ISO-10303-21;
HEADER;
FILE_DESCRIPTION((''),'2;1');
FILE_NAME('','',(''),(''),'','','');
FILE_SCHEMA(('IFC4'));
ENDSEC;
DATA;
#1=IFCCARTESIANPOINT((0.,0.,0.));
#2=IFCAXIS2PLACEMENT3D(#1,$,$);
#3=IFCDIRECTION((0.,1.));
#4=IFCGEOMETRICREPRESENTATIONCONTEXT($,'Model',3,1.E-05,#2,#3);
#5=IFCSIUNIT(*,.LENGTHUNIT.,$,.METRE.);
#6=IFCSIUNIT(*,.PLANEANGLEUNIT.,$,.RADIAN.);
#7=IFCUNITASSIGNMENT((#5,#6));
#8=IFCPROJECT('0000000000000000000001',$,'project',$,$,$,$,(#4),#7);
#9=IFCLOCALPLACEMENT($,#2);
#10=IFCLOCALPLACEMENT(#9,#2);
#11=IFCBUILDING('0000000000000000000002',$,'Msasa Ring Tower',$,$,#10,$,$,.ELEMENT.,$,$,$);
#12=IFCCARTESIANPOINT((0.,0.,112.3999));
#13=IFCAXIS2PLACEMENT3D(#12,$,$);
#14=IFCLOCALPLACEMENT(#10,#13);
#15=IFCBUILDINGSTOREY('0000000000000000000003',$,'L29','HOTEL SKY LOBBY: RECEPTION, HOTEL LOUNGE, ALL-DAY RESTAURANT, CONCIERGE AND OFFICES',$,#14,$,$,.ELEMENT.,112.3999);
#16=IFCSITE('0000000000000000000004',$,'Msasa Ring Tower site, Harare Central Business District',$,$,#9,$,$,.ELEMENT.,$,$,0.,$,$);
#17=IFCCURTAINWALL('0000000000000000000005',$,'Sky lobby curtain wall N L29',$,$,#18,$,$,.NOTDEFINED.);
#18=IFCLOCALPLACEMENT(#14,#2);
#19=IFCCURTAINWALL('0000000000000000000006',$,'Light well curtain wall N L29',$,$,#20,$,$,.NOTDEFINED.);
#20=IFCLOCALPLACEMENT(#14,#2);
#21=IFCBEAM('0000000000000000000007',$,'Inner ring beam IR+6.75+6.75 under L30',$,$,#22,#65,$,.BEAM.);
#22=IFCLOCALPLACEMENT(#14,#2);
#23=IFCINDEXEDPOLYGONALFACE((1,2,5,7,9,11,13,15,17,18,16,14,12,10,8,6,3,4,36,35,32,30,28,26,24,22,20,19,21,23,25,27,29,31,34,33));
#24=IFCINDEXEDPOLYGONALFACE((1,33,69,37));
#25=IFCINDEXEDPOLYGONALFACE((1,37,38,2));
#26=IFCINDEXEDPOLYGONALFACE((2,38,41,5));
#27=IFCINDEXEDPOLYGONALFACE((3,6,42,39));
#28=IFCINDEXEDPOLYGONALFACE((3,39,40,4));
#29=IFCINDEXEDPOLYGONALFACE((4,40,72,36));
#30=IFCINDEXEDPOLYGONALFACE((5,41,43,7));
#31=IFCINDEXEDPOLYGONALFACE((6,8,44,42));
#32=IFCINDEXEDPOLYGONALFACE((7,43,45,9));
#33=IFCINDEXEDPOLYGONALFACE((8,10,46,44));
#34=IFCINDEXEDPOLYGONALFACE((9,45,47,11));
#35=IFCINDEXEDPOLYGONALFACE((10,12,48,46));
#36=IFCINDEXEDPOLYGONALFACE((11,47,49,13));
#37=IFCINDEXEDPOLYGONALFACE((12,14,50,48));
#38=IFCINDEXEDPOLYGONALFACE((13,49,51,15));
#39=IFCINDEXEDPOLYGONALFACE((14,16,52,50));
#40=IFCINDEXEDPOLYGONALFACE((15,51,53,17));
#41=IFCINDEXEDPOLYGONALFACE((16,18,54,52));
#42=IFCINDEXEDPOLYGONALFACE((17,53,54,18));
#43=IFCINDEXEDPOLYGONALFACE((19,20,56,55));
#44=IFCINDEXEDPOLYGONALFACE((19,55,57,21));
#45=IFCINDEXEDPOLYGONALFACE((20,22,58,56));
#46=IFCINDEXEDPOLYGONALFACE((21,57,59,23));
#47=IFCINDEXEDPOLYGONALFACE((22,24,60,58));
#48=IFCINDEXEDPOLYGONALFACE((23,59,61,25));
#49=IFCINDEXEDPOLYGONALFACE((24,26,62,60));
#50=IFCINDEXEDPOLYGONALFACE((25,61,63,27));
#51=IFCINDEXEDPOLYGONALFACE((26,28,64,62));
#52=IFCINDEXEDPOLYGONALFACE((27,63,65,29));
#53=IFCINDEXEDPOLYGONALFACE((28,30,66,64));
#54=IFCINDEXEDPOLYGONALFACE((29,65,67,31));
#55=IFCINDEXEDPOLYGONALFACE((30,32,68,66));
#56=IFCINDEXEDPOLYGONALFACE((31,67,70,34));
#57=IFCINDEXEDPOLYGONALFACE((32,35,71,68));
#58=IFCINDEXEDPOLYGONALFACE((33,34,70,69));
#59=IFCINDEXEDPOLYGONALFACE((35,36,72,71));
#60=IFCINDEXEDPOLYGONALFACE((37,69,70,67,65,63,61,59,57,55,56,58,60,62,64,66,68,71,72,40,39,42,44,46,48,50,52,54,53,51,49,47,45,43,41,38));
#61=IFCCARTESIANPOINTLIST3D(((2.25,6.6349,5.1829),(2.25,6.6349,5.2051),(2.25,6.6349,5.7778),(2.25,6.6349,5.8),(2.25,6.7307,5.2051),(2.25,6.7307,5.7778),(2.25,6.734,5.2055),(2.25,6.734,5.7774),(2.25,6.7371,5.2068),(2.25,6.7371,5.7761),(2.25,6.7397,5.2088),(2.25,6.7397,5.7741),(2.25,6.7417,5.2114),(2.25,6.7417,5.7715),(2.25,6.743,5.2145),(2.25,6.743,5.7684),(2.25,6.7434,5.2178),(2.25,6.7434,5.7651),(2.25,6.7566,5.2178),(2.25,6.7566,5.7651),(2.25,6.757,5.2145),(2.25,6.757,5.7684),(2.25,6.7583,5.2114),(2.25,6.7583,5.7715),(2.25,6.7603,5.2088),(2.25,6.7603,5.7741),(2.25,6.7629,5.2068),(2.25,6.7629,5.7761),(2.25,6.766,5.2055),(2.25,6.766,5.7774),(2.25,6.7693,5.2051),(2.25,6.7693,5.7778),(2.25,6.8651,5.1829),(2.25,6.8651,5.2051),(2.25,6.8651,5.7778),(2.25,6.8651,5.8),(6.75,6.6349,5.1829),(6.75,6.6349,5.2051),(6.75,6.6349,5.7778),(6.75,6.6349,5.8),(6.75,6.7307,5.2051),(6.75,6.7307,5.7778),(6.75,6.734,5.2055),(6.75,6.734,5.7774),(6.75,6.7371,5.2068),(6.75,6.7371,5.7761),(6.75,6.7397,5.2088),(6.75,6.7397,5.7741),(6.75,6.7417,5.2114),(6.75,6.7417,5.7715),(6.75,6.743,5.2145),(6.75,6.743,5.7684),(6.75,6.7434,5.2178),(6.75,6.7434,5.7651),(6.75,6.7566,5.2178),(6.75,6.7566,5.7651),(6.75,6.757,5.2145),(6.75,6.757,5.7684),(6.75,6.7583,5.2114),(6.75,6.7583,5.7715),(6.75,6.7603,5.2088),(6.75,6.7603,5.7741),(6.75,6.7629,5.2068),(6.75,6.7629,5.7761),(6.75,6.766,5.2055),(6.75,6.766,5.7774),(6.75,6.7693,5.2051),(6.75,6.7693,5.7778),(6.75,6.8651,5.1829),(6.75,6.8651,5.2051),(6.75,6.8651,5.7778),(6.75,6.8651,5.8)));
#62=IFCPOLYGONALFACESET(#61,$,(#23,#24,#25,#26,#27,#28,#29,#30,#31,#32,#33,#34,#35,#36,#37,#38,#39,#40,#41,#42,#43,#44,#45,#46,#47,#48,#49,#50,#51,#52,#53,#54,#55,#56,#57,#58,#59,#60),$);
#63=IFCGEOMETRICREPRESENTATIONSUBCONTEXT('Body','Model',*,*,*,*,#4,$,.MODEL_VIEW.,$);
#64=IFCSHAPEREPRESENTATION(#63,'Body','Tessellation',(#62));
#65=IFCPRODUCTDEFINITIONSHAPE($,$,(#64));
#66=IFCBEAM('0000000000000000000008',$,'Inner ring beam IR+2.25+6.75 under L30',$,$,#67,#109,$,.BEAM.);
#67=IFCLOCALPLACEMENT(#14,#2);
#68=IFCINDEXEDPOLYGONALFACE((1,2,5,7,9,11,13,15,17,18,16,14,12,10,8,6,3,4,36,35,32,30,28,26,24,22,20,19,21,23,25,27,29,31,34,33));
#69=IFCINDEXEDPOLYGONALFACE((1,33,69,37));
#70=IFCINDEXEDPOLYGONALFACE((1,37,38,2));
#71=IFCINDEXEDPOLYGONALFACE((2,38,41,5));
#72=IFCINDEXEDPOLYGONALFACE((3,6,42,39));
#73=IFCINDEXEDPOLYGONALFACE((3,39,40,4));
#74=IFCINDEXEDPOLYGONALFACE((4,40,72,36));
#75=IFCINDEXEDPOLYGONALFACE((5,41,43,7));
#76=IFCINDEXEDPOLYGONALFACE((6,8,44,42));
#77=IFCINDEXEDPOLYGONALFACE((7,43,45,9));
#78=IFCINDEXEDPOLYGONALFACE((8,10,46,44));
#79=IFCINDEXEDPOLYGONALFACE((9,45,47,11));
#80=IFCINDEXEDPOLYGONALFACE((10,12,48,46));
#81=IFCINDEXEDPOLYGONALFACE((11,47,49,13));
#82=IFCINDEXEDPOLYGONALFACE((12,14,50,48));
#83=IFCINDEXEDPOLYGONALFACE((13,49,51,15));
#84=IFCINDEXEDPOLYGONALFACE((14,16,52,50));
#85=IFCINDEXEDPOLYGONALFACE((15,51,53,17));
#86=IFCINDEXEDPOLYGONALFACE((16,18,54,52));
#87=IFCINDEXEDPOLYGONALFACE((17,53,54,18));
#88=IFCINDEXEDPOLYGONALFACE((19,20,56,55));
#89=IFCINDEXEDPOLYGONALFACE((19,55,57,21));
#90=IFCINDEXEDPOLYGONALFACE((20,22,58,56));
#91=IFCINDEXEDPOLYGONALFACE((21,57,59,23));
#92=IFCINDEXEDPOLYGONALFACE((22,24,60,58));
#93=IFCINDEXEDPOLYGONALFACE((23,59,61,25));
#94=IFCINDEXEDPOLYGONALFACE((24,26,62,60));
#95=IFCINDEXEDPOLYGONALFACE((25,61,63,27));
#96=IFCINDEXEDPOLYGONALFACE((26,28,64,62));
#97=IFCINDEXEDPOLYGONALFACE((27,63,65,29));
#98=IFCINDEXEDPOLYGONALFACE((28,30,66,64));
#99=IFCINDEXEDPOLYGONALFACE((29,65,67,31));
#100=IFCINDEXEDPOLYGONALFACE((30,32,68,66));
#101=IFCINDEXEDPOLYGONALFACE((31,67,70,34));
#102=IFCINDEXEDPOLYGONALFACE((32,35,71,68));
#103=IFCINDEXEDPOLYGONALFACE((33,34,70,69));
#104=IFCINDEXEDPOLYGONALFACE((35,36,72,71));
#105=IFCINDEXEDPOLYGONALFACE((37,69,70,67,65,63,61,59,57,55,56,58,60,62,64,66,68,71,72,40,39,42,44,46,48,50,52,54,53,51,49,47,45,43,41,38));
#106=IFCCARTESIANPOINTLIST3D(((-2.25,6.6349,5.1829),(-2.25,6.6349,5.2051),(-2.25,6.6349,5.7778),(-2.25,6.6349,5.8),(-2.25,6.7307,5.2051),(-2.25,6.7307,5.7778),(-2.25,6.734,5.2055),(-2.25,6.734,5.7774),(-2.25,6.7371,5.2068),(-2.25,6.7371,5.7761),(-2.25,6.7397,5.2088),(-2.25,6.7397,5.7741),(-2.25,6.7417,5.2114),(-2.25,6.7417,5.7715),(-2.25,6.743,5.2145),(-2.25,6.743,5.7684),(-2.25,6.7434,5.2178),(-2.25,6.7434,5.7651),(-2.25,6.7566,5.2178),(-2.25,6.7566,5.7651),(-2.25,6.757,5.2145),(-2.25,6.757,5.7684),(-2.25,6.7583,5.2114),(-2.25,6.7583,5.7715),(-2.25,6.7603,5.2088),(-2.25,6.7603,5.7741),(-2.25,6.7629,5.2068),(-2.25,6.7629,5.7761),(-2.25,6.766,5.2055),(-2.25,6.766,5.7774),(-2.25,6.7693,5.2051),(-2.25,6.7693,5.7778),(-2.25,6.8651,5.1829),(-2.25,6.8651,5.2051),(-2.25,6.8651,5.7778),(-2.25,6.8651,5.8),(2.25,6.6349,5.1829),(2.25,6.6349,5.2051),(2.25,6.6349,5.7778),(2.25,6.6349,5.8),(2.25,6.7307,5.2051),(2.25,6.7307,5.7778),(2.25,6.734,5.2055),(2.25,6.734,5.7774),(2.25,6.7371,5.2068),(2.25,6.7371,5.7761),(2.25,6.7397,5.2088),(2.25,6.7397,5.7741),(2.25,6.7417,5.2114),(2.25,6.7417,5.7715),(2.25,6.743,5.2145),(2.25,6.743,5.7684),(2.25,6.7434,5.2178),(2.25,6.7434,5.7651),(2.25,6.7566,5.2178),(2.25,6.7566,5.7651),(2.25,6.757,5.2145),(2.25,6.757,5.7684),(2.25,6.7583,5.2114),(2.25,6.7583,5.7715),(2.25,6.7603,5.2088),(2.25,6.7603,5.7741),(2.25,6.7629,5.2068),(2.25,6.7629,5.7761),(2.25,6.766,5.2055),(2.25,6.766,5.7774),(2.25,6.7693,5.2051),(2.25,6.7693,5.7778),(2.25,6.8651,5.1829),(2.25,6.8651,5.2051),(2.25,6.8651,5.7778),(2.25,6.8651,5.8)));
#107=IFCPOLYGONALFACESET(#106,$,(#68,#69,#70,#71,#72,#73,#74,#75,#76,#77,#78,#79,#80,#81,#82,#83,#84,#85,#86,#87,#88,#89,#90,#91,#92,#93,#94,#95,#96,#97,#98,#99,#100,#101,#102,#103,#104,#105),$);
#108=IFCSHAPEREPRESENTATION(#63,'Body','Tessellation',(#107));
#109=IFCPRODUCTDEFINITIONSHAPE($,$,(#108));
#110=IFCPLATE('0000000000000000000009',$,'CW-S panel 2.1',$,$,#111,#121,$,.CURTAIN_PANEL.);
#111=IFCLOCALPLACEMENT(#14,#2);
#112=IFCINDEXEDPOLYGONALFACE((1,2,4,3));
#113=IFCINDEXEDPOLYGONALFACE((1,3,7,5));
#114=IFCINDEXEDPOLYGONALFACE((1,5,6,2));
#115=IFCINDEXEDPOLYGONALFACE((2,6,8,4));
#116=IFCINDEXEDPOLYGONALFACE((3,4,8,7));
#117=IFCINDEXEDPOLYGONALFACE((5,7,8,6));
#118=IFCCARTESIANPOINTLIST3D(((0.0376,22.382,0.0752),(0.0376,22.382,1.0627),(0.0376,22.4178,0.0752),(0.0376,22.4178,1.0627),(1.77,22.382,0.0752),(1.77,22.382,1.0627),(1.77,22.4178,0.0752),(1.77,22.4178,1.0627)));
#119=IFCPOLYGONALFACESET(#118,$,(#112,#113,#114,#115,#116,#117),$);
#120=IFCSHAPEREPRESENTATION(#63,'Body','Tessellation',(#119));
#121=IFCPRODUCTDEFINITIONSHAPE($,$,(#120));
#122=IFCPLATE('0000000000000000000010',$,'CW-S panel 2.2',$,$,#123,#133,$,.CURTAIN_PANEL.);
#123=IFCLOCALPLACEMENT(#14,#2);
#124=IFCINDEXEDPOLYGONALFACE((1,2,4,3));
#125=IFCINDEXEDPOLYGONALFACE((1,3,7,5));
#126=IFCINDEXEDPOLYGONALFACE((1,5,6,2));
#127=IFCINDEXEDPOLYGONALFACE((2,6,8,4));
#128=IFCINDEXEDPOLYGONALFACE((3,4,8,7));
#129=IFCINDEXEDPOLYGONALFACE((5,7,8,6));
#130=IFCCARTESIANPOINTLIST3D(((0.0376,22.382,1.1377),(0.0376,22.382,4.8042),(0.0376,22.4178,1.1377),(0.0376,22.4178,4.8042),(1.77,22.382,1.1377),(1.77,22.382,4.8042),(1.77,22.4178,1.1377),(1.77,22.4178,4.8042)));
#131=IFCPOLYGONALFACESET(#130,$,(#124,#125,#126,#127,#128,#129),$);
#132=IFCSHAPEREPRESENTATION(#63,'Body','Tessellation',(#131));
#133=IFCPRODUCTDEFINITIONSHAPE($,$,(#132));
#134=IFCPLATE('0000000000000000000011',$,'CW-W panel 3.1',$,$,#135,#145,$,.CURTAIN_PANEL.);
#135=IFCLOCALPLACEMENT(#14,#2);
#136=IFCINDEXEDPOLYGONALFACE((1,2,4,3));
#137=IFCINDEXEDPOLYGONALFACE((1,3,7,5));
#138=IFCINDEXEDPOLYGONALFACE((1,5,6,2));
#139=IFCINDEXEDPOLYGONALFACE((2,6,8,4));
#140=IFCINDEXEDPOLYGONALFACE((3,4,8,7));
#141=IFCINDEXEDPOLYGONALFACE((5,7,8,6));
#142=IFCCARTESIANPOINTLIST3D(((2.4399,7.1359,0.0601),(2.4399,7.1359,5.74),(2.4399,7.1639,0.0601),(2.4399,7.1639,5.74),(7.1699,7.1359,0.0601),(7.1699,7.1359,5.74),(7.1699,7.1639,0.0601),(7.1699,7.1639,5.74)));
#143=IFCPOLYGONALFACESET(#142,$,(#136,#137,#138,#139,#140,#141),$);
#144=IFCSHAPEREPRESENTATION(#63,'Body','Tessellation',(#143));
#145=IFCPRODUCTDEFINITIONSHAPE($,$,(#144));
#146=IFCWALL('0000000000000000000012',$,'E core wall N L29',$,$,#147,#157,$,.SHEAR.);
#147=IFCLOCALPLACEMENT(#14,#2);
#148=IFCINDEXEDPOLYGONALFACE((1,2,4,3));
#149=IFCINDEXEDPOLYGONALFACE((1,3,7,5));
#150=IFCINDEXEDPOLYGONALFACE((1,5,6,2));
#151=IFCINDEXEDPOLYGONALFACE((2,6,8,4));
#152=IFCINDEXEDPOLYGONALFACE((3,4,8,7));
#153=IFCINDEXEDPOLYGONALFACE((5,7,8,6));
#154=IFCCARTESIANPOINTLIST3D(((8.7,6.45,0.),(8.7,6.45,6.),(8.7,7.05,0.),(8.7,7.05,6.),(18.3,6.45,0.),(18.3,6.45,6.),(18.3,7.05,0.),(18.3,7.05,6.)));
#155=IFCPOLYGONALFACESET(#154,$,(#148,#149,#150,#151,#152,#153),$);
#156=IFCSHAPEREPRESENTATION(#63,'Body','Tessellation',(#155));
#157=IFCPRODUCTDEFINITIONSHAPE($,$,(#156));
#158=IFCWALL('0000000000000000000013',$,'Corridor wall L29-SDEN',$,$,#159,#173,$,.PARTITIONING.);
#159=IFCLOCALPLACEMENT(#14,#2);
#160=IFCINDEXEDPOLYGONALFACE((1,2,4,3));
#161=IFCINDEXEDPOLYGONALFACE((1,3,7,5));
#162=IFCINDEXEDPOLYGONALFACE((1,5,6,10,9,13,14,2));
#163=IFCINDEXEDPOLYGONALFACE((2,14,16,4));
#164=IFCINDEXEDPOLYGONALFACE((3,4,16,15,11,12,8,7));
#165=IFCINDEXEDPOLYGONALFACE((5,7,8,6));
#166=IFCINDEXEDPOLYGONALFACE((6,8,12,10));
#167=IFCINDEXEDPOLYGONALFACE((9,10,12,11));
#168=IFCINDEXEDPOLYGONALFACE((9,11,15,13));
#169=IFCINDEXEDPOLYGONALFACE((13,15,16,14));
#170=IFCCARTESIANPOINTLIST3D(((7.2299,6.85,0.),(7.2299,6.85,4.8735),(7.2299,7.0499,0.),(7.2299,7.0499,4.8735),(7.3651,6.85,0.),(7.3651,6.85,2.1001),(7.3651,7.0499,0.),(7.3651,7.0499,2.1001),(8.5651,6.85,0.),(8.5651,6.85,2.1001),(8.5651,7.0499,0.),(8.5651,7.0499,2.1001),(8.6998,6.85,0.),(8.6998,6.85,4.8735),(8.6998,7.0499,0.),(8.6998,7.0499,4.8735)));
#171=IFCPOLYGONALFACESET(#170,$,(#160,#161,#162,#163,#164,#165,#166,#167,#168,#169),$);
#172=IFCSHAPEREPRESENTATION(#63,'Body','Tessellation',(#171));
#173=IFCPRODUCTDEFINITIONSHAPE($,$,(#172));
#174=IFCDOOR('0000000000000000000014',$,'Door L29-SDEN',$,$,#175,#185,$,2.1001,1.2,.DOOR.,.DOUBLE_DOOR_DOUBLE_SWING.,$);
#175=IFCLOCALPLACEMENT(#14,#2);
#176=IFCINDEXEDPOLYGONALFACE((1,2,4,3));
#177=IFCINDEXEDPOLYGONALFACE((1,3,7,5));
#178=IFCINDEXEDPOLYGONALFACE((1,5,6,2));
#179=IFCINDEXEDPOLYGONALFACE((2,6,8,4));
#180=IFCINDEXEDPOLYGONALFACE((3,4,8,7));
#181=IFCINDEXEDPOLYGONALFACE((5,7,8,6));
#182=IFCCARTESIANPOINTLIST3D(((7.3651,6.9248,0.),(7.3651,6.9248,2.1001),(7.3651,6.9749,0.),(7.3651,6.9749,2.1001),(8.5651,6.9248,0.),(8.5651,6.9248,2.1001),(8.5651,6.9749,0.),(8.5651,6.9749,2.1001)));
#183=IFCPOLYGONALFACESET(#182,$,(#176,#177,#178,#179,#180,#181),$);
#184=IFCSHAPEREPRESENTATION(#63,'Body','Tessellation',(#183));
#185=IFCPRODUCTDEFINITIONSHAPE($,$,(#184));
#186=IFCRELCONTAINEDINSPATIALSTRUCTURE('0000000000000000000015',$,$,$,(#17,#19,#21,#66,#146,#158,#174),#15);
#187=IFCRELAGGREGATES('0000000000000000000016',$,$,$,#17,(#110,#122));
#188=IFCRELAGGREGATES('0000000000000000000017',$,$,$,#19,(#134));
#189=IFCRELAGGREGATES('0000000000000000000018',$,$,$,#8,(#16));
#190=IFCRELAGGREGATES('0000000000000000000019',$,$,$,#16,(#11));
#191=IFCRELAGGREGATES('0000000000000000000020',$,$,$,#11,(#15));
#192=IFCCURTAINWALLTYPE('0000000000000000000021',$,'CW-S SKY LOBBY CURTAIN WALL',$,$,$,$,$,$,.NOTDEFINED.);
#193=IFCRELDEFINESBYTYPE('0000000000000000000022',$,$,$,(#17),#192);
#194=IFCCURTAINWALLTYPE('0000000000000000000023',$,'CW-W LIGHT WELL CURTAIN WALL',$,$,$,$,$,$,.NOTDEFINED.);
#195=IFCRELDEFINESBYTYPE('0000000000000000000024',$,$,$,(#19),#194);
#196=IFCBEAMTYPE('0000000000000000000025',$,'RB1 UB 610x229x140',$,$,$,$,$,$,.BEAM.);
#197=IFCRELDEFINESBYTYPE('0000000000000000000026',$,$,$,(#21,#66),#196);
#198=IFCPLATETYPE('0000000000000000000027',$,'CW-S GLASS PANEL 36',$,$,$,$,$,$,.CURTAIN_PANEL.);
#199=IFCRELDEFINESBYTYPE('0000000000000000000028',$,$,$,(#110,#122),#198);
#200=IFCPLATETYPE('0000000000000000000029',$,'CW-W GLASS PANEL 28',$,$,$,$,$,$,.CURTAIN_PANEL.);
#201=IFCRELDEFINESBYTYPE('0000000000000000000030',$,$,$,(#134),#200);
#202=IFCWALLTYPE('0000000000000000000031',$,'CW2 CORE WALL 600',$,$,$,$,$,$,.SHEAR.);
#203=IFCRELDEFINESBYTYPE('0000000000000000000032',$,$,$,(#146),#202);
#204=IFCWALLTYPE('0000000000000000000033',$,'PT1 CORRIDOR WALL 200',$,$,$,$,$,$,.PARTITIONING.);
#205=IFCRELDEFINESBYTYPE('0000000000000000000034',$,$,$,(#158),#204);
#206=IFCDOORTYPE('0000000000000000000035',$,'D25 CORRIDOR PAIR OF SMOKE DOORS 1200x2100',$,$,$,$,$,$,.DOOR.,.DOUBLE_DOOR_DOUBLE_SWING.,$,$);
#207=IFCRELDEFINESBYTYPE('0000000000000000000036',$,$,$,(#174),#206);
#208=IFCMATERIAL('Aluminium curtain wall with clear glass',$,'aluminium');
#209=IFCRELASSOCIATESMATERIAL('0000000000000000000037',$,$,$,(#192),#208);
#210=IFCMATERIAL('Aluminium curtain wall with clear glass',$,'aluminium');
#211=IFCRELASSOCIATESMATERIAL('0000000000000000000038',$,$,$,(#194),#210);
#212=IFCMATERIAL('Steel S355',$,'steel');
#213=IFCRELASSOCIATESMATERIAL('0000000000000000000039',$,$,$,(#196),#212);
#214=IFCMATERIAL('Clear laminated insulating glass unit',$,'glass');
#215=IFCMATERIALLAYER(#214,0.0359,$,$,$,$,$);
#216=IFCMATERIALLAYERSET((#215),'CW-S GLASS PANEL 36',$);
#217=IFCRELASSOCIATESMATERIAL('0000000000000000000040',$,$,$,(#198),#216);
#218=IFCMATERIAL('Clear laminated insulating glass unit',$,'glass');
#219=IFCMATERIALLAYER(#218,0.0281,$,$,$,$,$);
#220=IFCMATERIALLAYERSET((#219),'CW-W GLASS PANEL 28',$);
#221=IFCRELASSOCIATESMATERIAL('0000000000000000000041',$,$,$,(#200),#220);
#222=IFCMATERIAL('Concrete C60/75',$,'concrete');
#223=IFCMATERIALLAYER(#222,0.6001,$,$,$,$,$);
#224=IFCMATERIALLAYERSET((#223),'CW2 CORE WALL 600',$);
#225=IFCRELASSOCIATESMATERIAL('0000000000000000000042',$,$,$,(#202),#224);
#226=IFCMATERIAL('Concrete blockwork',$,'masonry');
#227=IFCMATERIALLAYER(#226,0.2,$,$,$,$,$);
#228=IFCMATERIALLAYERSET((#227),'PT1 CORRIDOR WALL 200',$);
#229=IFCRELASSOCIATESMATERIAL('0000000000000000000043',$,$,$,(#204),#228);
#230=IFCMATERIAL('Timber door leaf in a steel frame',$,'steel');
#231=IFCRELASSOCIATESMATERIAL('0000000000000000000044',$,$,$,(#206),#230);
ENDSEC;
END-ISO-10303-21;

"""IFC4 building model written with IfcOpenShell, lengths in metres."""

from ifc_helpers import new_model, si_unit, direction, frame, frame_2d, origin, origin_2d, place, context, subcontext, project, spatial, rectangle, i_section, extrude, material, layer, layer_set, material_profile, profile_set, type_object, element, fill, aggregate, save


model = new_model("IFC4")

# Units and contexts
model_context = context("Model", 3, precision=1e-05, world=origin(), true_north=direction((0.0, 1.0)))
body_context = subcontext(model_context, "Body", "Model", "MODEL_VIEW")
ifc_project = project(units=[si_unit("LENGTHUNIT", "METRE"), si_unit("PLANEANGLEUNIT", "RADIAN")], contexts=[model_context])

# Site, building, storey
site_placement = place(None, origin())
site = spatial("IfcSite", under=ifc_project, at=site_placement, Name="Msasa Ring Tower site, Harare Central Business District", CompositionType="ELEMENT", RefElevation=0.0)
building_placement = place(site_placement, origin())
building = spatial("IfcBuilding", under=site, at=building_placement, Name="Msasa Ring Tower", CompositionType="ELEMENT")
storey_placement = place(building_placement, frame((0.0, 0.0, 112.3999)))
storey = spatial("IfcBuildingStorey", under=building, at=storey_placement, Name="L29", Description="HOTEL SKY LOBBY: RECEPTION, HOTEL LOUNGE, ALL-DAY RESTAURANT, CONCIERGE AND OFFICES", CompositionType="ELEMENT", Elevation=112.3999)

# Curtain wall
ifc_material_1 = material(Name="Aluminium curtain wall with clear glass", Category="aluminium")
curtain_wall_type_1 = type_object("IfcCurtainWallType", Name="CW-S SKY LOBBY CURTAIN WALL", PredefinedType="NOTDEFINED", material=ifc_material_1)
curtain_wall_1_placement = place(storey_placement, origin())
curtain_wall_1 = element("IfcCurtainWall", 1, at=curtain_wall_1_placement, inside=storey, type_object=curtain_wall_type_1, Name="Sky lobby curtain wall N L29", PredefinedType="NOTDEFINED")

# Curtain wall
ifc_material_2 = material(Name="Aluminium curtain wall with clear glass", Category="aluminium")
curtain_wall_type_2 = type_object("IfcCurtainWallType", Name="CW-W LIGHT WELL CURTAIN WALL", PredefinedType="NOTDEFINED", material=ifc_material_2)
curtain_wall_2_placement = place(storey_placement, origin())
curtain_wall_2 = element("IfcCurtainWall", 2, at=curtain_wall_2_placement, inside=storey, type_object=curtain_wall_type_2, Name="Light well curtain wall N L29", PredefinedType="NOTDEFINED")

# Beams
ifc_material_3 = material(Name="Steel S355", Category="steel")
ifc_material_profile_1 = material_profile(ifc_material_3, i_section(OverallWidth=0.2302, OverallDepth=0.6172, WebThickness=0.0132, FlangeThickness=0.0222, FilletRadius=0.0127, at=origin_2d()), Name="UB 610x229x140")
ifc_profile_set_1 = profile_set([ifc_material_profile_1], Name="Steel S355")
beam_type = type_object("IfcBeamType", Name="RB1 UB 610x229x140", PredefinedType="BEAM", material=ifc_profile_set_1)
for number, where, z_axis, x_axis, name in (
    (3, (6.75, 6.75, 5.4915), (-1.0, 0.0, 0.0), (0.0, -1.0, 0.0), "Inner ring beam IR+6.75+6.75 under L30"),
    (4, (2.25, 6.75, 5.4915), (-1.0, 0.0, 0.0), (0.0, -1.0, 0.0), "Inner ring beam IR+2.25+6.75 under L30"),
):
    element("IfcBeam", number, at=place(storey_placement, frame(where, z_axis=z_axis, x_axis=x_axis)), inside=storey, type_object=beam_type, Name=name, PredefinedType="BEAM", context=body_context, shape_type="SweptSolid", body=[
        extrude(i_section(OverallWidth=0.2302, OverallDepth=0.6172, WebThickness=0.0132, FlangeThickness=0.0222, FilletRadius=0.0127, at=origin_2d()), origin(), (0.0, 0.0, 1.0), 4.5),
    ])

# Plates
ifc_material_4 = material(Name="Clear laminated insulating glass unit", Category="glass")
ifc_layer_1 = layer(ifc_material_4, 0.0359)
ifc_layer_set_1 = layer_set([ifc_layer_1], Name="CW-S GLASS PANEL 36")
plate_type_1 = type_object("IfcPlateType", Name="CW-S GLASS PANEL 36", PredefinedType="CURTAIN_PANEL", material=ifc_layer_set_1)
plate_1_placement = place(storey_placement, frame((0.9038, 22.3999, 0.0752), z_axis=(0.0, 0.0, 1.0), x_axis=(1.0, 0.0, 0.0)))
plate_1 = element("IfcPlate", 5, at=plate_1_placement, type_object=plate_type_1, Name="CW-S panel 2.1", PredefinedType="CURTAIN_PANEL", context=body_context, shape_type="SweptSolid", body=[
    extrude(rectangle(XDim=1.7324, YDim=0.0359, at=origin_2d()), origin(), (0.0, 0.0, 1.0), 0.9875),
])
plate_2_placement = place(storey_placement, frame((0.9038, 22.3999, 1.1377), z_axis=(0.0, 0.0, 1.0), x_axis=(1.0, 0.0, 0.0)))
plate_2 = element("IfcPlate", 6, at=plate_2_placement, type_object=plate_type_1, Name="CW-S panel 2.2", PredefinedType="CURTAIN_PANEL", context=body_context, shape_type="SweptSolid", body=[
    extrude(rectangle(XDim=1.7324, YDim=0.0359, at=origin_2d()), origin(), (0.0, 0.0, 1.0), 3.6665),
])
aggregate(curtain_wall_1, [plate_1, plate_2])
ifc_material_5 = material(Name="Clear laminated insulating glass unit", Category="glass")
ifc_layer_2 = layer(ifc_material_5, 0.0281)
ifc_layer_set_2 = layer_set([ifc_layer_2], Name="CW-W GLASS PANEL 28")
plate_type_2 = type_object("IfcPlateType", Name="CW-W GLASS PANEL 28", PredefinedType="CURTAIN_PANEL", material=ifc_layer_set_2)
plate_3_placement = place(storey_placement, frame((4.8049, 7.1499, 0.0601), z_axis=(0.0, 0.0, 1.0), x_axis=(1.0, 0.0, 0.0)))
plate_3 = element("IfcPlate", 7, at=plate_3_placement, type_object=plate_type_2, Name="CW-W panel 3.1", PredefinedType="CURTAIN_PANEL", context=body_context, shape_type="SweptSolid", body=[
    extrude(rectangle(XDim=4.73, YDim=0.0281, at=origin_2d()), origin(), (0.0, 0.0, 1.0), 5.6799),
])
aggregate(curtain_wall_2, [plate_3])

# Wall
ifc_material_6 = material(Name="Concrete C60/75", Category="concrete")
ifc_layer_3 = layer(ifc_material_6, 0.6001)
ifc_layer_set_3 = layer_set([ifc_layer_3], Name="CW2 CORE WALL 600")
wall_type_1 = type_object("IfcWallType", Name="CW2 CORE WALL 600", PredefinedType="SHEAR", material=ifc_layer_set_3)
wall_1_placement = place(storey_placement, frame((8.7, 6.75, 0.0), z_axis=(0.0, 0.0, 1.0), x_axis=(1.0, 0.0, 0.0)))
element("IfcWall", 8, at=wall_1_placement, inside=storey, type_object=wall_type_1, Name="E core wall N L29", PredefinedType="SHEAR", context=body_context, shape_type="SweptSolid", body=[
    extrude(rectangle(XDim=9.6001, YDim=0.6001, at=frame_2d((4.8, 0.0))), origin(), (0.0, 0.0, 1.0), 6.0),
])

# Wall, opening, door
ifc_material_7 = material(Name="Concrete blockwork", Category="masonry")
ifc_layer_4 = layer(ifc_material_7, 0.2)
ifc_layer_set_4 = layer_set([ifc_layer_4], Name="PT1 CORRIDOR WALL 200")
wall_type_2 = type_object("IfcWallType", Name="PT1 CORRIDOR WALL 200", PredefinedType="PARTITIONING", material=ifc_layer_set_4)
wall_2_placement = place(storey_placement, frame((7.23, 6.95, 0.0), z_axis=(0.0, 0.0, 1.0), x_axis=(1.0, 0.0, 0.0)))
wall_2 = element("IfcWall", 9, at=wall_2_placement, inside=storey, type_object=wall_type_2, Name="Corridor wall L29-SDEN", PredefinedType="PARTITIONING", context=body_context, shape_type="SweptSolid", body=[
    extrude(rectangle(XDim=1.47, YDim=0.2, at=frame_2d((0.7349, 0.0))), origin(), (0.0, 0.0, 1.0), 4.8735),
])
opening_1_placement = place(wall_2_placement, frame((0.135, 0.0, 0.0)))
opening_1 = element("IfcOpeningElement", 10, at=opening_1_placement, cuts=wall_2, PredefinedType="OPENING", context=body_context, shape_type="SweptSolid", body=[
    extrude(rectangle(XDim=1.2, YDim=2.1001, at=frame_2d((0.6001, 1.05))), frame((0.0, 0.1099, 0.0), z_axis=(0.0, -1.0, 0.0), x_axis=(1.0, 0.0, 0.0)), (0.0, 0.0, 1.0), 0.22),
])
ifc_material_8 = material(Name="Timber door leaf in a steel frame", Category="steel")
door_type_1 = type_object("IfcDoorType", Name="D25 CORRIDOR PAIR OF SMOKE DOORS 1200x2100", OperationType="DOUBLE_DOOR_DOUBLE_SWING", PredefinedType="DOOR", material=ifc_material_8)
door_1_placement = place(opening_1_placement, origin())
door_1 = element("IfcDoor", 11, at=door_1_placement, inside=storey, type_object=door_type_1, Name="Door L29-SDEN", OperationType="DOUBLE_DOOR_DOUBLE_SWING", OverallHeight=2.1001, OverallWidth=1.2, PredefinedType="DOOR", context=body_context, shape_type="SweptSolid", body=[
    extrude(rectangle(XDim=1.2, YDim=2.1001, at=frame_2d((0.6001, 1.05))), frame((0.0, 0.0249, 0.0), z_axis=(0.0, -1.0, 0.0), x_axis=(1.0, 0.0, 0.0)), (0.0, 0.0, 1.0), 0.05),
])
fill(opening_1, door_1)

save(model, "model.ifc")
